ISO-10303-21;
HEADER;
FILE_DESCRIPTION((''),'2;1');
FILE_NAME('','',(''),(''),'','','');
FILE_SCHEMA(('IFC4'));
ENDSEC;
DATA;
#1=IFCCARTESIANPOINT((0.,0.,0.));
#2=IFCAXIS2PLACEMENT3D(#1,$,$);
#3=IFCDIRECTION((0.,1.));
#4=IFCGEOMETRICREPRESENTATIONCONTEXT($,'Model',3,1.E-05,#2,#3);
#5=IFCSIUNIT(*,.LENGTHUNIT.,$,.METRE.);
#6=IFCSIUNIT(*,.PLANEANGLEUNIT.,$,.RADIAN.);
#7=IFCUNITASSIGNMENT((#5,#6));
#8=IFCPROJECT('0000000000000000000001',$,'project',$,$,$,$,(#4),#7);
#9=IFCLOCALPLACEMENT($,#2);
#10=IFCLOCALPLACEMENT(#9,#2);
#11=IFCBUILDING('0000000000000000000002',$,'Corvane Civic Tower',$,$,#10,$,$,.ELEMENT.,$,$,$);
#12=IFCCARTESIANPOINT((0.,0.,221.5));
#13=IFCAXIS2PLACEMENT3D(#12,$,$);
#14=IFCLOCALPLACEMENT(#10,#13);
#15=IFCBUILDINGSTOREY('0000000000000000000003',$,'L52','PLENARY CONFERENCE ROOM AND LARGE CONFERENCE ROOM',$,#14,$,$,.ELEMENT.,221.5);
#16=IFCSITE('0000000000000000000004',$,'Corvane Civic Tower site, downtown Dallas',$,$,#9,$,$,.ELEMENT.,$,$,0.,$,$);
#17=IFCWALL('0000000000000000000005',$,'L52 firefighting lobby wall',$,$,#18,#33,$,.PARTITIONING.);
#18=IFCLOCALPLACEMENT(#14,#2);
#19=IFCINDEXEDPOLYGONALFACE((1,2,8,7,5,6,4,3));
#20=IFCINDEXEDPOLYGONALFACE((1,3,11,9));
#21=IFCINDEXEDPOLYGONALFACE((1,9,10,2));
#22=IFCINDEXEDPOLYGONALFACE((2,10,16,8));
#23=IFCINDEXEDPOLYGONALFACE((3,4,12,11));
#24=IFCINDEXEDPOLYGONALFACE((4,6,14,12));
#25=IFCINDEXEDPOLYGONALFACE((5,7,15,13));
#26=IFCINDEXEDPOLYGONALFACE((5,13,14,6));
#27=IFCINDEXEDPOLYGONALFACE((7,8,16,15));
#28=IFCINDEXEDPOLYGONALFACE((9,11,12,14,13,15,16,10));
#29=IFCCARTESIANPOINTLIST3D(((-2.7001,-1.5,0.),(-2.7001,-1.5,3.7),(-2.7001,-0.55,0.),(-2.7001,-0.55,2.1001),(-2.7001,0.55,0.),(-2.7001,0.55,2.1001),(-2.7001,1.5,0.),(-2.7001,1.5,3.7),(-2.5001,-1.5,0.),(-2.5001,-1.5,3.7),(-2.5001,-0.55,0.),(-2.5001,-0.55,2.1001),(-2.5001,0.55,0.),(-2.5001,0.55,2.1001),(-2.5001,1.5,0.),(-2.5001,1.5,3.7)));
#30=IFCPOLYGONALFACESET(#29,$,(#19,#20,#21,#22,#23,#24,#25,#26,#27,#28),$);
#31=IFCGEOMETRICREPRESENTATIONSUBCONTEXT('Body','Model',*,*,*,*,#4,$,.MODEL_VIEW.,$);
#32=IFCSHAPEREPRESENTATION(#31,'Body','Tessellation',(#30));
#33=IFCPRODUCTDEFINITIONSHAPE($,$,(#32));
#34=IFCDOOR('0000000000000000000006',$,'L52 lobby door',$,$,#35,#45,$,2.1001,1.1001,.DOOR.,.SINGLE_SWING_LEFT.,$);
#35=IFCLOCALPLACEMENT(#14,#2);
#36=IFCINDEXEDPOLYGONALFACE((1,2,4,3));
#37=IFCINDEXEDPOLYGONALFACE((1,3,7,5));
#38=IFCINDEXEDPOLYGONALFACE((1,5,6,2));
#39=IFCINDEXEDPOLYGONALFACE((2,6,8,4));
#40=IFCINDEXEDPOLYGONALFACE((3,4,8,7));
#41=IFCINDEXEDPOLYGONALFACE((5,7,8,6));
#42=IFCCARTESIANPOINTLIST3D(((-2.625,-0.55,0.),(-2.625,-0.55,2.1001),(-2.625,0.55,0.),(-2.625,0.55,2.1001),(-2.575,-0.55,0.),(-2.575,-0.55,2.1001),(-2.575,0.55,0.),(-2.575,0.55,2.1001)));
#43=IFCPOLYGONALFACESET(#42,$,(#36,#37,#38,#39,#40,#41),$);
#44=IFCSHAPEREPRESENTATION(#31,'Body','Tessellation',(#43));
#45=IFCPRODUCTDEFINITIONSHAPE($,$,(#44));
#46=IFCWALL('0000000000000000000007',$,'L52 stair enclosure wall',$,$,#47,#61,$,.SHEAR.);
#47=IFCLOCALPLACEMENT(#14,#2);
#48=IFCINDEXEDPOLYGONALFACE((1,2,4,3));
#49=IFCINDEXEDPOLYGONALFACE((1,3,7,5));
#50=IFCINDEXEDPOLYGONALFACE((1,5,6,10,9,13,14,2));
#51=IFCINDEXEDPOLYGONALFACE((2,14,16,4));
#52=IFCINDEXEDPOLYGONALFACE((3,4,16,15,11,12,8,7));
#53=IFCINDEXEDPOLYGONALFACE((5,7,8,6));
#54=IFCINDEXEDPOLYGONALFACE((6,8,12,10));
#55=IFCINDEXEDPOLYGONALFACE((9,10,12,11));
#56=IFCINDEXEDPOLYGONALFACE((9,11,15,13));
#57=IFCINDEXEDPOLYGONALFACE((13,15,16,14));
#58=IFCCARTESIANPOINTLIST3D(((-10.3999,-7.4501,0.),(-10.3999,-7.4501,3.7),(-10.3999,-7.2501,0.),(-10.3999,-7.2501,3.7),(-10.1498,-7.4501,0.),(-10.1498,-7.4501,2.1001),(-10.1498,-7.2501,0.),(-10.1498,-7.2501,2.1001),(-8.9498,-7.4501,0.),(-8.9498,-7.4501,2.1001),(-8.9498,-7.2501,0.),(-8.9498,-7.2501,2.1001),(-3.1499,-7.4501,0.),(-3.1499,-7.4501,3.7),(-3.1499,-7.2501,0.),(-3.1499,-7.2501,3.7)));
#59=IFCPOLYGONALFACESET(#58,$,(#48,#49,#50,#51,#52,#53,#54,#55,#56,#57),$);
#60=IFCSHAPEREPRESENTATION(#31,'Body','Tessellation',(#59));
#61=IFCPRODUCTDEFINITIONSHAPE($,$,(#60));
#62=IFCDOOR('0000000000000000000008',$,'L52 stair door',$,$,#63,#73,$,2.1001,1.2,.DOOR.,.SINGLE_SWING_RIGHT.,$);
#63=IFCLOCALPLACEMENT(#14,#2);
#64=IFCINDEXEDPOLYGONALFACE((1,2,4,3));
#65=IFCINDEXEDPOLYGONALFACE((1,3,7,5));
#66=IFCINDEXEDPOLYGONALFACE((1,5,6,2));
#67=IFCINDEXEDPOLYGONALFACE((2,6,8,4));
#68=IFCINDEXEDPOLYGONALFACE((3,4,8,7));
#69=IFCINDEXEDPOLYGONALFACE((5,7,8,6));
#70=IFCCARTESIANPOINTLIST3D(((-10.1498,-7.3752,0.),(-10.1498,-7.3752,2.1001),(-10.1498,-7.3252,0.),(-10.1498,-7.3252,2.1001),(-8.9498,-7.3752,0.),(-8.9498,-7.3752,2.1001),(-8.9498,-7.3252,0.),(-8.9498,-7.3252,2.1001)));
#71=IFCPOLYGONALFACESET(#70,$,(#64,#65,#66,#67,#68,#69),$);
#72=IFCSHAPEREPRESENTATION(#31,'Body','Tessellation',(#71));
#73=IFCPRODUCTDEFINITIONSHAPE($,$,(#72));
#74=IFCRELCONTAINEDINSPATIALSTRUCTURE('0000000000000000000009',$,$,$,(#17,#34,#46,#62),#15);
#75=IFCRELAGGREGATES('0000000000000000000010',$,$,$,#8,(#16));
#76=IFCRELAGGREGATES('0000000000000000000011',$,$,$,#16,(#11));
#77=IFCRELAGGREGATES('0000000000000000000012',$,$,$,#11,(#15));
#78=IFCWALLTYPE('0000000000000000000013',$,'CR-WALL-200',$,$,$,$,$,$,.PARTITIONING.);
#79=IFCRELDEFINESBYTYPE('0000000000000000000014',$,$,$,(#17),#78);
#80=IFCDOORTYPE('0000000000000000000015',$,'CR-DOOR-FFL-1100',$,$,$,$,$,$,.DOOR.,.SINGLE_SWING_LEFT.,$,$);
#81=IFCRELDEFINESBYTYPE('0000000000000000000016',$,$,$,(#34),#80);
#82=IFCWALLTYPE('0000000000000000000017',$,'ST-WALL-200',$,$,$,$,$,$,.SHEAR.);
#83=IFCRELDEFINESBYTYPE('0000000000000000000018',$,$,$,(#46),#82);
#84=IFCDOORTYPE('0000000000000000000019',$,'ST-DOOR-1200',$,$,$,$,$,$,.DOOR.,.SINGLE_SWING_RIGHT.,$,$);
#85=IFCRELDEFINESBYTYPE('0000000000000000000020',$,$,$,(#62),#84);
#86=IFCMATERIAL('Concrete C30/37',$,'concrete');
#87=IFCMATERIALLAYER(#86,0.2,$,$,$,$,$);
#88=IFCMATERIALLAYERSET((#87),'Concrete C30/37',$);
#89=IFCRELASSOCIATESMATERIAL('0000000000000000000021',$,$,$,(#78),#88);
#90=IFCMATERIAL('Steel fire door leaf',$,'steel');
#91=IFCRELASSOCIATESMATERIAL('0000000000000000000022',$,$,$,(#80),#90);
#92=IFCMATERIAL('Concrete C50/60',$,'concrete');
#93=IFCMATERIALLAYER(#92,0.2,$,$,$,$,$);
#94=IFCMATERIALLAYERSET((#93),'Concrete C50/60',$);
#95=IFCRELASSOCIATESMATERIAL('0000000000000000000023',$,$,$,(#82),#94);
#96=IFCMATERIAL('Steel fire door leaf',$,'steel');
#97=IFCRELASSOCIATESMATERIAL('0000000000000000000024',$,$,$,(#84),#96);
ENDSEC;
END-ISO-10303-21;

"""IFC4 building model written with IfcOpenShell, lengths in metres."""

from ifc_helpers import new_model, si_unit, direction, frame, frame_2d, origin, place, context, subcontext, project, spatial, rectangle, extrude, material, layer, layer_set, type_object, element, fill, save


model = new_model("IFC4")

# Units and contexts
model_context = context("Model", 3, precision=1e-05, world=origin(), true_north=direction((0.0, 1.0)))
body_context = subcontext(model_context, "Body", "Model", "MODEL_VIEW")
ifc_project = project(units=[si_unit("LENGTHUNIT", "METRE"), si_unit("PLANEANGLEUNIT", "RADIAN")], contexts=[model_context])

# Site, building, storey
site_placement = place(None, origin())
site = spatial("IfcSite", under=ifc_project, at=site_placement, Name="Corvane Civic Tower site, downtown Dallas", CompositionType="ELEMENT", RefElevation=0.0)
building_placement = place(site_placement, origin())
building = spatial("IfcBuilding", under=site, at=building_placement, Name="Corvane Civic Tower", CompositionType="ELEMENT")
storey_placement = place(building_placement, frame((0.0, 0.0, 221.5)))
storey = spatial("IfcBuildingStorey", under=building, at=storey_placement, Name="L52", Description="PLENARY CONFERENCE ROOM AND LARGE CONFERENCE ROOM", CompositionType="ELEMENT", Elevation=221.5)

# Shared definitions
ifc_material_1 = material(Name="Concrete C30/37", Category="concrete")
ifc_layer_1 = layer(ifc_material_1, 0.2)
ifc_layer_set_1 = layer_set([ifc_layer_1], Name="Concrete C30/37")
wall_type_1 = type_object("IfcWallType", Name="CR-WALL-200", PredefinedType="PARTITIONING", material=ifc_layer_set_1)

# Walls, openings, doors
wall_1_placement = place(storey_placement, frame((-2.6001, -1.5, 0.0), z_axis=(0.0, 0.0, 1.0), x_axis=(0.0, 1.0, 0.0)))
wall_1 = element("IfcWall", 1, at=wall_1_placement, inside=storey, type_object=wall_type_1, Name="L52 firefighting lobby wall", PredefinedType="PARTITIONING", context=body_context, shape_type="SweptSolid", body=[
    extrude(rectangle(XDim=3.0, YDim=0.2, at=frame_2d((1.5, 0.0))), origin(), (0.0, 0.0, 1.0), 3.7),
])
opening_1_placement = place(wall_1_placement, frame((0.95, 0.0, 0.0)))
opening_1 = element("IfcOpeningElement", 2, at=opening_1_placement, cuts=wall_1, PredefinedType="OPENING", context=body_context, shape_type="SweptSolid", body=[
    extrude(rectangle(XDim=1.1001, YDim=2.1001, at=frame_2d((0.55, 1.05))), frame((0.0, 0.1099, 0.0), z_axis=(0.0, -1.0, 0.0), x_axis=(1.0, 0.0, 0.0)), (0.0, 0.0, 1.0), 0.22),
])
ifc_material_2 = material(Name="Steel fire door leaf", Category="steel")
door_type_1 = type_object("IfcDoorType", Name="CR-DOOR-FFL-1100", OperationType="SINGLE_SWING_LEFT", PredefinedType="DOOR", material=ifc_material_2)
door_1_placement = place(opening_1_placement, origin())
door_1 = element("IfcDoor", 3, at=door_1_placement, inside=storey, type_object=door_type_1, Name="L52 lobby door", OperationType="SINGLE_SWING_LEFT", OverallHeight=2.1001, OverallWidth=1.1001, PredefinedType="DOOR", context=body_context, shape_type="SweptSolid", body=[
    extrude(rectangle(XDim=1.1001, YDim=2.1001, at=frame_2d((0.55, 1.05))), frame((0.0, 0.0249, 0.0), z_axis=(0.0, -1.0, 0.0), x_axis=(1.0, 0.0, 0.0)), (0.0, 0.0, 1.0), 0.05),
])
fill(opening_1, door_1)
ifc_material_3 = material(Name="Concrete C50/60", Category="concrete")
ifc_layer_2 = layer(ifc_material_3, 0.2)
ifc_layer_set_2 = layer_set([ifc_layer_2], Name="Concrete C50/60")
wall_type_2 = type_object("IfcWallType", Name="ST-WALL-200", PredefinedType="SHEAR", material=ifc_layer_set_2)
wall_2_placement = place(storey_placement, frame((-10.3999, -7.3501, 0.0), z_axis=(0.0, 0.0, 1.0), x_axis=(1.0, 0.0, 0.0)))
wall_2 = element("IfcWall", 4, at=wall_2_placement, inside=storey, type_object=wall_type_2, Name="L52 stair enclosure wall", PredefinedType="SHEAR", context=body_context, shape_type="SweptSolid", body=[
    extrude(rectangle(XDim=7.25, YDim=0.2, at=frame_2d((3.625, 0.0))), origin(), (0.0, 0.0, 1.0), 3.7),
])
opening_2_placement = place(wall_2_placement, frame((0.25, 0.0, 0.0)))
opening_2 = element("IfcOpeningElement", 5, at=opening_2_placement, cuts=wall_2, PredefinedType="OPENING", context=body_context, shape_type="SweptSolid", body=[
    extrude(rectangle(XDim=1.2, YDim=2.1001, at=frame_2d((0.6001, 1.05))), frame((0.0, 0.1099, 0.0), z_axis=(0.0, -1.0, 0.0), x_axis=(1.0, 0.0, 0.0)), (0.0, 0.0, 1.0), 0.22),
])
ifc_material_4 = material(Name="Steel fire door leaf", Category="steel")
door_type_2 = type_object("IfcDoorType", Name="ST-DOOR-1200", OperationType="SINGLE_SWING_RIGHT", PredefinedType="DOOR", material=ifc_material_4)
door_2_placement = place(opening_2_placement, origin())
door_2 = element("IfcDoor", 6, at=door_2_placement, inside=storey, type_object=door_type_2, Name="L52 stair door", OperationType="SINGLE_SWING_RIGHT", OverallHeight=2.1001, OverallWidth=1.2, PredefinedType="DOOR", context=body_context, shape_type="SweptSolid", body=[
    extrude(rectangle(XDim=1.2, YDim=2.1001, at=frame_2d((0.6001, 1.05))), frame((0.0, 0.0249, 0.0), z_axis=(0.0, -1.0, 0.0), x_axis=(1.0, 0.0, 0.0)), (0.0, 0.0, 1.0), 0.05),
])
fill(opening_2, door_2)

save(model, "model.ifc")
